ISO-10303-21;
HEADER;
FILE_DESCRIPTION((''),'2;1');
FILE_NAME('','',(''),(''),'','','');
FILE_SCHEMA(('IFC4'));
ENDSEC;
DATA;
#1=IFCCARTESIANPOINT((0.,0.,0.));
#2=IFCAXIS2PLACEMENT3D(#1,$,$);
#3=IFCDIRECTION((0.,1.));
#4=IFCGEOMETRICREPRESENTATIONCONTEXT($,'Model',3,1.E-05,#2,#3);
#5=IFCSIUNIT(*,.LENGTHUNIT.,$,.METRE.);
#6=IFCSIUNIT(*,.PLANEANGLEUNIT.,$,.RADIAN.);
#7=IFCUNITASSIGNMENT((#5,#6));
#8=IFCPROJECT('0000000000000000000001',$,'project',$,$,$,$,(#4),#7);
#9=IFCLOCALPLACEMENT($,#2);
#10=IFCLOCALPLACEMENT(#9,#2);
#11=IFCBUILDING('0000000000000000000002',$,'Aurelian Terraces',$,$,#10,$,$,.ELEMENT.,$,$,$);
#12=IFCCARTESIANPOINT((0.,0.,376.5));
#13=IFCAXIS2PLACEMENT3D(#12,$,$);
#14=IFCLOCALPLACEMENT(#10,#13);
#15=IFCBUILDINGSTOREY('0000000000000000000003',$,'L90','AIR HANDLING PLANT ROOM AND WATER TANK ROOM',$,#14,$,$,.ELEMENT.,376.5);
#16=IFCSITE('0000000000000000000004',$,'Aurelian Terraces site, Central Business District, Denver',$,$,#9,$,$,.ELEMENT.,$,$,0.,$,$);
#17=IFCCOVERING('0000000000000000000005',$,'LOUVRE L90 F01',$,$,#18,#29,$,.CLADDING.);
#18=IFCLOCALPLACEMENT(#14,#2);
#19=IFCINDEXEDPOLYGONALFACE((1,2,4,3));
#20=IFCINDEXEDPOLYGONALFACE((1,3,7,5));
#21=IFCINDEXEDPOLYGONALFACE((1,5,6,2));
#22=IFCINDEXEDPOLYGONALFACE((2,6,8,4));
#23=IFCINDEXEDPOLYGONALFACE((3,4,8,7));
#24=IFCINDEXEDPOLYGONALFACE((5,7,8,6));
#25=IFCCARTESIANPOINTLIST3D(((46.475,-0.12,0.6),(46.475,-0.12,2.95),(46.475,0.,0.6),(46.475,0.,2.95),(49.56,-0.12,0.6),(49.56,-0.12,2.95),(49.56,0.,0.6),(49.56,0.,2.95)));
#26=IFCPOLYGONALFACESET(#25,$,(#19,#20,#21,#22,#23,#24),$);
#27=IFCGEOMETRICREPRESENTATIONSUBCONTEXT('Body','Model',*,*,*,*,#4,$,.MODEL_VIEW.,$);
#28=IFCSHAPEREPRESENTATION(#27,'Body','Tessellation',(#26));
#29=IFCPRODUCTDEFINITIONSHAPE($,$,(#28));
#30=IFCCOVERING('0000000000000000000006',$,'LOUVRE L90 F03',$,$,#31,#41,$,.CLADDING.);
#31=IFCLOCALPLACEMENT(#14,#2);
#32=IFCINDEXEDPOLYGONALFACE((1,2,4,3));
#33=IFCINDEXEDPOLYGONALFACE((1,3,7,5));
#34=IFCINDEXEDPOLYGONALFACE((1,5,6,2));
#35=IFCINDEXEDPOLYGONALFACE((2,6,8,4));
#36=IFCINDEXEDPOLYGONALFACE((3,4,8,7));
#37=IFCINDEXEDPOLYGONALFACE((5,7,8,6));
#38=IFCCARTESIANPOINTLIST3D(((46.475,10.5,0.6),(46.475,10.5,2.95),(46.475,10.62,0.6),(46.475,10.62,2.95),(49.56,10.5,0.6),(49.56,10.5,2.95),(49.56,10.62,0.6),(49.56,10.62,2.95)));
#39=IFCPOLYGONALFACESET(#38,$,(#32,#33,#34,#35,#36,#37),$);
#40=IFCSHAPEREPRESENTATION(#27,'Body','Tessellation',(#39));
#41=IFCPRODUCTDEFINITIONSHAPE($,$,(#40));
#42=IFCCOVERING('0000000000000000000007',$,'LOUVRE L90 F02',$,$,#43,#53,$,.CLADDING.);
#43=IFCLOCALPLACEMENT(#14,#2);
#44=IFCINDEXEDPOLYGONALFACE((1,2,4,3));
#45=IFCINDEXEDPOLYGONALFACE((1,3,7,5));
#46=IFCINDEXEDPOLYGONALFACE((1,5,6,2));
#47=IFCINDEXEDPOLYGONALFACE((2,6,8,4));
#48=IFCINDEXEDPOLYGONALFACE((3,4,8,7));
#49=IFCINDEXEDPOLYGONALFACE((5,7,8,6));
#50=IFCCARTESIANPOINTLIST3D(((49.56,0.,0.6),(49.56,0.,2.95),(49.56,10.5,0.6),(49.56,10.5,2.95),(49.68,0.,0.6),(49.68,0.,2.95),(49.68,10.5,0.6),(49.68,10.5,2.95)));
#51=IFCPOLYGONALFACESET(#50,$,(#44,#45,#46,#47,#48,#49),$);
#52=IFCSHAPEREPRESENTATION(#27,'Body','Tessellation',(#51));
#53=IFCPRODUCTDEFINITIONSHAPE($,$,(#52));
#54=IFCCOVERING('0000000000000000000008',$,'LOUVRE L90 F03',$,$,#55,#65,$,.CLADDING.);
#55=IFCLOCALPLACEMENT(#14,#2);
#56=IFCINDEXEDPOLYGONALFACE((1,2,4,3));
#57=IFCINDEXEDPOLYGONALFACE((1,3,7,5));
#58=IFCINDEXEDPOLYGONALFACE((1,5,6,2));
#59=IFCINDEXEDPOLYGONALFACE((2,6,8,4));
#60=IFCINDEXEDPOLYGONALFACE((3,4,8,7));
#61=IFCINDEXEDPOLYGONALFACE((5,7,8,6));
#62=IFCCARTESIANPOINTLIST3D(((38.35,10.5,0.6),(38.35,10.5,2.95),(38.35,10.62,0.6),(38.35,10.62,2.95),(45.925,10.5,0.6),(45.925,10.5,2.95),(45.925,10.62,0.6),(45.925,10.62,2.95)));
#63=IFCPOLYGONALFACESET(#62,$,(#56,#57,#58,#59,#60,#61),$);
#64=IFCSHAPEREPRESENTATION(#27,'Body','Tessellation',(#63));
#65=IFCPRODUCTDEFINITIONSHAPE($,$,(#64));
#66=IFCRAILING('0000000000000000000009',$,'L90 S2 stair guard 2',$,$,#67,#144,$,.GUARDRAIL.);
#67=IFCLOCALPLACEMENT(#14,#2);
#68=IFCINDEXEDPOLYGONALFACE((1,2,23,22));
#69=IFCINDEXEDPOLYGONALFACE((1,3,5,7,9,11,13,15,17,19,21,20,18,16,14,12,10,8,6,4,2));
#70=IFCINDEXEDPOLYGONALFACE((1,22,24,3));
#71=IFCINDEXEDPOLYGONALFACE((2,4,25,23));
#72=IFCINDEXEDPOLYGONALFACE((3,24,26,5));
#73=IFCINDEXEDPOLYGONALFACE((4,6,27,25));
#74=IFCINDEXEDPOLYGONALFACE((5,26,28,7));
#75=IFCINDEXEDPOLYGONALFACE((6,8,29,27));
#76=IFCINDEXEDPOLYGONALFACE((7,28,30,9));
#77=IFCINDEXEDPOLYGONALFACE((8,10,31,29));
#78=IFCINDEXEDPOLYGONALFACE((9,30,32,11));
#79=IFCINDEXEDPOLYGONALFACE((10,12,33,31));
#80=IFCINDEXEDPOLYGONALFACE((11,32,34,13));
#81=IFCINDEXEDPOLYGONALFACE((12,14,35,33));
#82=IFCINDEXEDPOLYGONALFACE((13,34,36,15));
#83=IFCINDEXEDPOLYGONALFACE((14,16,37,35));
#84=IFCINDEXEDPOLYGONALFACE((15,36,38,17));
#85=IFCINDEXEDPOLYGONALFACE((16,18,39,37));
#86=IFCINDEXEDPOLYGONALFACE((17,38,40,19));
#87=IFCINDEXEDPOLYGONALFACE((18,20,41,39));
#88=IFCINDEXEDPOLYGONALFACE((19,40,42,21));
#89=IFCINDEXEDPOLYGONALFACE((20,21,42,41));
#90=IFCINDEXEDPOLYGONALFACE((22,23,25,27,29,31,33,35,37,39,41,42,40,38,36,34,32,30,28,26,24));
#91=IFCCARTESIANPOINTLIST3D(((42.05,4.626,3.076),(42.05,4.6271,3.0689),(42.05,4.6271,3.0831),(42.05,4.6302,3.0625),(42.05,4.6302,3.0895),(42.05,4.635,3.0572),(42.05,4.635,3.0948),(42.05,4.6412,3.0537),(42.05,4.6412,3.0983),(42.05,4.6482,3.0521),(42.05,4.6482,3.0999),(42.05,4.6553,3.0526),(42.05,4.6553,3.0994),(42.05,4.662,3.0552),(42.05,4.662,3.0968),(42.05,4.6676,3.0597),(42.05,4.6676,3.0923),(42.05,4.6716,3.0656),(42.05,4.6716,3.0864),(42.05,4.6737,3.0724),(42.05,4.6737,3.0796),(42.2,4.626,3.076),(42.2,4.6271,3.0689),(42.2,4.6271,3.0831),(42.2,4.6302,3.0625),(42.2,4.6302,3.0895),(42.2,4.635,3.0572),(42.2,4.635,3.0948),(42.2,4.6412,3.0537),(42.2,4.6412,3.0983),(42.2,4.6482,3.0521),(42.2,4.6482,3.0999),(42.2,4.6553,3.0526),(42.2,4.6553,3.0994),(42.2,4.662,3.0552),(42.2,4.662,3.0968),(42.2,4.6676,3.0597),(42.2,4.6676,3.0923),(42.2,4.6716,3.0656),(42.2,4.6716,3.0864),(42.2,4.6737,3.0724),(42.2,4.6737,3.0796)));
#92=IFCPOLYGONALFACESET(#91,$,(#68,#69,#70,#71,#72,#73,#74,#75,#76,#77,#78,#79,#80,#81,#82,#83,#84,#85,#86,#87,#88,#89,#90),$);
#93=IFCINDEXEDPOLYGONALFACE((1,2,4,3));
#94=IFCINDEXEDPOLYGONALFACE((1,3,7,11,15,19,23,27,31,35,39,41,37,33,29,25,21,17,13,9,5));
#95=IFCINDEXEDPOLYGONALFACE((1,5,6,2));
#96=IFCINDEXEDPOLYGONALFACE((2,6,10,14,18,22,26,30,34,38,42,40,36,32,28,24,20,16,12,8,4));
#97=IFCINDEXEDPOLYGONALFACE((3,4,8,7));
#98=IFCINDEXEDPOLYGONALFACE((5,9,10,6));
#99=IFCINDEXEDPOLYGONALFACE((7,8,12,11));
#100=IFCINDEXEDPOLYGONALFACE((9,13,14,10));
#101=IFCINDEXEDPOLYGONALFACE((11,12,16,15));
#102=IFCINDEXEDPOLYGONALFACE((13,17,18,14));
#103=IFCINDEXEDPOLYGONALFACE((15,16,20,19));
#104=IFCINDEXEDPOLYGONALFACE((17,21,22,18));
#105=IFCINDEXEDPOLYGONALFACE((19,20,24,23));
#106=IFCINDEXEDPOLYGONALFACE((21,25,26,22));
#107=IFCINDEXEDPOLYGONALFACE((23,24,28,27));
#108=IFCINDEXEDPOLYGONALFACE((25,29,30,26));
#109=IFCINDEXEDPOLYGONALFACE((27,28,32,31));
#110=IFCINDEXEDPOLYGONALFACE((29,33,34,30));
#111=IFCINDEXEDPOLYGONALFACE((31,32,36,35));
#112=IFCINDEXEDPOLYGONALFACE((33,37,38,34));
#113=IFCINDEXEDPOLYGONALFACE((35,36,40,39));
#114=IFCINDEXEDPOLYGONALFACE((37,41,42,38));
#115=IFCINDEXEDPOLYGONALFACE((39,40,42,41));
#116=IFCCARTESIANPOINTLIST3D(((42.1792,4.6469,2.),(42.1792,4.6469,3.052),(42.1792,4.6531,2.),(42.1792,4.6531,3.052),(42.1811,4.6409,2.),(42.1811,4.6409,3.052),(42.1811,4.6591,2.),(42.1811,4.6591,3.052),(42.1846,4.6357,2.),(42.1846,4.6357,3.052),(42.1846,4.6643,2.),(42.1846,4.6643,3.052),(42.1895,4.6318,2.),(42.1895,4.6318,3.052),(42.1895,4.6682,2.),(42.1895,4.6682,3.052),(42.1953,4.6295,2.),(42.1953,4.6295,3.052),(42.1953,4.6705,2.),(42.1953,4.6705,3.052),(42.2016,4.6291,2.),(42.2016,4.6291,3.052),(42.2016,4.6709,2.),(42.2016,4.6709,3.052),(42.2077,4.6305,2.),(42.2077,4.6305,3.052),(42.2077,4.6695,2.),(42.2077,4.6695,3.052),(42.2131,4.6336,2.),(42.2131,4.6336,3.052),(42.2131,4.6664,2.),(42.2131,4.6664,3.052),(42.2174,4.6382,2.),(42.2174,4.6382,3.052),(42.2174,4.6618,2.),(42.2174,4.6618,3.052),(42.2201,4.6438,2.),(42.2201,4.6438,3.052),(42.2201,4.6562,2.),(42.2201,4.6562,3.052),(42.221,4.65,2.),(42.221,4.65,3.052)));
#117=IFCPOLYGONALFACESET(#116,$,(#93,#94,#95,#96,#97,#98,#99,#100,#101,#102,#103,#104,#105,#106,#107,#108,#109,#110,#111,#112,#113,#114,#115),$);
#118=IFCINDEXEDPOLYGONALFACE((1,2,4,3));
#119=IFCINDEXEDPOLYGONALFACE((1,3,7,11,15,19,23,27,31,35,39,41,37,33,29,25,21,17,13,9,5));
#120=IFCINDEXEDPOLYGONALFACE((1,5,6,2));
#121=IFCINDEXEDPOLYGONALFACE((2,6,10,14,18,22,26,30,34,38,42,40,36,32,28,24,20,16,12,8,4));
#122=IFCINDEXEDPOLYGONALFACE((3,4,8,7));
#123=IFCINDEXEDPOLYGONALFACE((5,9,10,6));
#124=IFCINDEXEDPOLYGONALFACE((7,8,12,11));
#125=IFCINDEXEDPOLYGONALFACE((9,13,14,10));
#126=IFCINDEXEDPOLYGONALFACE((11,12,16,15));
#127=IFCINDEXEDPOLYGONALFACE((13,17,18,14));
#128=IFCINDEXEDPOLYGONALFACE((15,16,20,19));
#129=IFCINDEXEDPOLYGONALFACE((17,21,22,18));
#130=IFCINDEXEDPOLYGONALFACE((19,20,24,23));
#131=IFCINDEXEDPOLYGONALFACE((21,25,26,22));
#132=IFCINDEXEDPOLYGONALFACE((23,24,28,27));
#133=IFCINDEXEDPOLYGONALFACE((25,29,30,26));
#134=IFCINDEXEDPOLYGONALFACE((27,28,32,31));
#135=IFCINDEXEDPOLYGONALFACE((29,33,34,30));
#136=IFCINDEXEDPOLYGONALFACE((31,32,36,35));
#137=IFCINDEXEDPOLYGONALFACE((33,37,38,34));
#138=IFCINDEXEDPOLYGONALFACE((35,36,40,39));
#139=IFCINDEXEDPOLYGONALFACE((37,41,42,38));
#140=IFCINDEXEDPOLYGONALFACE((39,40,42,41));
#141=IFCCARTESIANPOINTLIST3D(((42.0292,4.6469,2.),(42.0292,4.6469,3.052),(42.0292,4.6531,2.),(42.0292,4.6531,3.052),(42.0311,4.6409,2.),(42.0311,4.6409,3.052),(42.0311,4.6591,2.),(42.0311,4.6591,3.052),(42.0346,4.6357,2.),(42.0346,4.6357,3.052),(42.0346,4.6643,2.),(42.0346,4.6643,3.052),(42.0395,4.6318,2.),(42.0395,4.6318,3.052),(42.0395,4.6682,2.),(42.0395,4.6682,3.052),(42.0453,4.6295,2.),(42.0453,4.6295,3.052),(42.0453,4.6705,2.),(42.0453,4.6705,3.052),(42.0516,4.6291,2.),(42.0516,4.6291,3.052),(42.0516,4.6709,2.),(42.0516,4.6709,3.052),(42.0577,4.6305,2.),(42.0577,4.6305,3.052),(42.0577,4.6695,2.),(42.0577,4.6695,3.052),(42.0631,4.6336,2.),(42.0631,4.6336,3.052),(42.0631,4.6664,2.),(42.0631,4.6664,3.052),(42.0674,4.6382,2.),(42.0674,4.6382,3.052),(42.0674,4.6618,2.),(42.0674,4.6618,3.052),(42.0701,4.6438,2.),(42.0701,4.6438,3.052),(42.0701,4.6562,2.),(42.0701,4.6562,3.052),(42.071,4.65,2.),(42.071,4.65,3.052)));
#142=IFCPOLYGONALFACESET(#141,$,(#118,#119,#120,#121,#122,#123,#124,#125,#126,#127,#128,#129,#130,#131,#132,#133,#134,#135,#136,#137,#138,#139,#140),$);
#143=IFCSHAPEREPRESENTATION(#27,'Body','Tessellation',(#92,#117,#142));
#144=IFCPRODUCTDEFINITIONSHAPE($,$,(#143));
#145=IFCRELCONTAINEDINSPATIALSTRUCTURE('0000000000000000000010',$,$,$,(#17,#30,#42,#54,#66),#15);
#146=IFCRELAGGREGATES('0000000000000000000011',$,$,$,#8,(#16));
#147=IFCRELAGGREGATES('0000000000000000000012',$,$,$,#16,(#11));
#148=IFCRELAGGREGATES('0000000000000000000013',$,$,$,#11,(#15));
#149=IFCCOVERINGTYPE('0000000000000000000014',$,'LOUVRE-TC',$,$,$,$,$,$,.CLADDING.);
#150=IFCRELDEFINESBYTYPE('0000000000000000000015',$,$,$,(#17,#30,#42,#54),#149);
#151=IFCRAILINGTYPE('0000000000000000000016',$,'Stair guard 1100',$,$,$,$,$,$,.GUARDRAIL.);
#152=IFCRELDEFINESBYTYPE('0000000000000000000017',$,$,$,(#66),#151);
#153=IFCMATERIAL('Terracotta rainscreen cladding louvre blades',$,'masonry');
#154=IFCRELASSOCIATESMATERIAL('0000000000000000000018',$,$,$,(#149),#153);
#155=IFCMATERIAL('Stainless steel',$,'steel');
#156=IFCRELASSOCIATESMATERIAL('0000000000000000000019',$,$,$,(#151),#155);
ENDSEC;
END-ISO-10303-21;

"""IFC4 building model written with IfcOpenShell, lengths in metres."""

from ifc_helpers import new_model, si_unit, direction, frame, origin, origin_2d, place, context, subcontext, project, spatial, rectangle, circle, extrude, source, transform, mapped, material, type_object, element, save


model = new_model("IFC4")

# Units and contexts
model_context = context("Model", 3, precision=1e-05, world=origin(), true_north=direction((0.0, 1.0)))
body_context = subcontext(model_context, "Body", "Model", "MODEL_VIEW")
ifc_project = project(units=[si_unit("LENGTHUNIT", "METRE"), si_unit("PLANEANGLEUNIT", "RADIAN")], contexts=[model_context])

# Site, building, storey
site_placement = place(None, origin())
site = spatial("IfcSite", under=ifc_project, at=site_placement, Name="Aurelian Terraces site, Central Business District, Denver", CompositionType="ELEMENT", RefElevation=0.0)
building_placement = place(site_placement, origin())
building = spatial("IfcBuilding", under=site, at=building_placement, Name="Aurelian Terraces", CompositionType="ELEMENT")
storey_placement = place(building_placement, frame((0.0, 0.0, 376.5)))
storey = spatial("IfcBuildingStorey", under=building, at=storey_placement, Name="L90", Description="AIR HANDLING PLANT ROOM AND WATER TANK ROOM", CompositionType="ELEMENT", Elevation=376.5)

# Shared definitions
ifc_material_1 = material(Name="Stainless steel", Category="steel")

# Coverings
ifc_material_2 = material(Name="Terracotta rainscreen cladding louvre blades", Category="masonry")
covering_type_1 = type_object("IfcCoveringType", Name="LOUVRE-TC", PredefinedType="CLADDING", material=ifc_material_2)
shared_shape_1 = source(origin(), body_context, "Body", "SweptSolid", [
    extrude(rectangle(XDim=3.085, YDim=0.12, at=origin_2d()), origin(), (0.0, 0.0, 1.0), 2.35),
])
for number, where, z_axis, x_axis, name in (
    (1, (48.0175, -0.06, 0.6), (0.0, 0.0, 1.0), (1.0, 0.0, 0.0), "LOUVRE L90 F01"),
    (2, (48.0175, 10.56, 0.6), (0.0, 0.0, 1.0), (1.0, 0.0, 0.0), "LOUVRE L90 F03"),
):
    element("IfcCovering", number, at=place(storey_placement, frame(where, z_axis=z_axis, x_axis=x_axis)), inside=storey, type_object=covering_type_1, Name=name, PredefinedType="CLADDING", context=body_context, shape_type="MappedRepresentation", body=[
        mapped(shared_shape_1, transform((0.0, 0.0, 0.0), scale=1.0)),
    ])
shared_shape_2 = source(origin(), body_context, "Body", "SweptSolid", [
    extrude(rectangle(XDim=0.12, YDim=10.5, at=origin_2d()), origin(), (0.0, 0.0, 1.0), 2.35),
])
covering_1_placement = place(storey_placement, frame((49.62, 5.25, 0.6), z_axis=(0.0, 0.0, 1.0), x_axis=(1.0, 0.0, 0.0)))
element("IfcCovering", 3, at=covering_1_placement, inside=storey, type_object=covering_type_1, Name="LOUVRE L90 F02", PredefinedType="CLADDING", context=body_context, shape_type="MappedRepresentation", body=[
    mapped(shared_shape_2, transform((0.0, 0.0, 0.0), scale=1.0)),
])
shared_shape_3 = source(origin(), body_context, "Body", "SweptSolid", [
    extrude(rectangle(XDim=7.575, YDim=0.12, at=origin_2d()), origin(), (0.0, 0.0, 1.0), 2.35),
])
covering_2_placement = place(storey_placement, frame((42.1375, 10.56, 0.6), z_axis=(0.0, 0.0, 1.0), x_axis=(1.0, 0.0, 0.0)))
element("IfcCovering", 4, at=covering_2_placement, inside=storey, type_object=covering_type_1, Name="LOUVRE L90 F03", PredefinedType="CLADDING", context=body_context, shape_type="MappedRepresentation", body=[
    mapped(shared_shape_3, transform((0.0, 0.0, 0.0), scale=1.0)),
])

# Railing
railing_type_1 = type_object("IfcRailingType", Name="Stair guard 1100", PredefinedType="GUARDRAIL", material=ifc_material_1)
shared_shape_4 = source(origin(), body_context, "Body", "SweptSolid", [
    extrude(circle(Radius=0.024, at=origin_2d()), frame((0.0, 0.0, 1.076), z_axis=(-1.0, 0.0, 0.0), x_axis=(0.0, -1.0, 0.0)), (0.0, 0.0, 1.0), 0.15),
    extrude(circle(Radius=0.021, at=origin_2d()), origin(), (0.0, 0.0, 1.0), 1.052),
    extrude(circle(Radius=0.021, at=origin_2d()), frame((-0.15, 0.0, 0.0)), (0.0, 0.0, 1.0), 1.052),
])
for number, where, name in (
    (5, (42.2, 4.65, 2.0), "L90 S2 stair guard 2"),
):
    element("IfcRailing", number, at=place(storey_placement, frame(where)), inside=storey, type_object=railing_type_1, Name=name, PredefinedType="GUARDRAIL", context=body_context, shape_type="MappedRepresentation", body=[
        mapped(shared_shape_4, transform((0.0, 0.0, 0.0), scale=1.0)),
    ])

save(model, "model.ifc")
